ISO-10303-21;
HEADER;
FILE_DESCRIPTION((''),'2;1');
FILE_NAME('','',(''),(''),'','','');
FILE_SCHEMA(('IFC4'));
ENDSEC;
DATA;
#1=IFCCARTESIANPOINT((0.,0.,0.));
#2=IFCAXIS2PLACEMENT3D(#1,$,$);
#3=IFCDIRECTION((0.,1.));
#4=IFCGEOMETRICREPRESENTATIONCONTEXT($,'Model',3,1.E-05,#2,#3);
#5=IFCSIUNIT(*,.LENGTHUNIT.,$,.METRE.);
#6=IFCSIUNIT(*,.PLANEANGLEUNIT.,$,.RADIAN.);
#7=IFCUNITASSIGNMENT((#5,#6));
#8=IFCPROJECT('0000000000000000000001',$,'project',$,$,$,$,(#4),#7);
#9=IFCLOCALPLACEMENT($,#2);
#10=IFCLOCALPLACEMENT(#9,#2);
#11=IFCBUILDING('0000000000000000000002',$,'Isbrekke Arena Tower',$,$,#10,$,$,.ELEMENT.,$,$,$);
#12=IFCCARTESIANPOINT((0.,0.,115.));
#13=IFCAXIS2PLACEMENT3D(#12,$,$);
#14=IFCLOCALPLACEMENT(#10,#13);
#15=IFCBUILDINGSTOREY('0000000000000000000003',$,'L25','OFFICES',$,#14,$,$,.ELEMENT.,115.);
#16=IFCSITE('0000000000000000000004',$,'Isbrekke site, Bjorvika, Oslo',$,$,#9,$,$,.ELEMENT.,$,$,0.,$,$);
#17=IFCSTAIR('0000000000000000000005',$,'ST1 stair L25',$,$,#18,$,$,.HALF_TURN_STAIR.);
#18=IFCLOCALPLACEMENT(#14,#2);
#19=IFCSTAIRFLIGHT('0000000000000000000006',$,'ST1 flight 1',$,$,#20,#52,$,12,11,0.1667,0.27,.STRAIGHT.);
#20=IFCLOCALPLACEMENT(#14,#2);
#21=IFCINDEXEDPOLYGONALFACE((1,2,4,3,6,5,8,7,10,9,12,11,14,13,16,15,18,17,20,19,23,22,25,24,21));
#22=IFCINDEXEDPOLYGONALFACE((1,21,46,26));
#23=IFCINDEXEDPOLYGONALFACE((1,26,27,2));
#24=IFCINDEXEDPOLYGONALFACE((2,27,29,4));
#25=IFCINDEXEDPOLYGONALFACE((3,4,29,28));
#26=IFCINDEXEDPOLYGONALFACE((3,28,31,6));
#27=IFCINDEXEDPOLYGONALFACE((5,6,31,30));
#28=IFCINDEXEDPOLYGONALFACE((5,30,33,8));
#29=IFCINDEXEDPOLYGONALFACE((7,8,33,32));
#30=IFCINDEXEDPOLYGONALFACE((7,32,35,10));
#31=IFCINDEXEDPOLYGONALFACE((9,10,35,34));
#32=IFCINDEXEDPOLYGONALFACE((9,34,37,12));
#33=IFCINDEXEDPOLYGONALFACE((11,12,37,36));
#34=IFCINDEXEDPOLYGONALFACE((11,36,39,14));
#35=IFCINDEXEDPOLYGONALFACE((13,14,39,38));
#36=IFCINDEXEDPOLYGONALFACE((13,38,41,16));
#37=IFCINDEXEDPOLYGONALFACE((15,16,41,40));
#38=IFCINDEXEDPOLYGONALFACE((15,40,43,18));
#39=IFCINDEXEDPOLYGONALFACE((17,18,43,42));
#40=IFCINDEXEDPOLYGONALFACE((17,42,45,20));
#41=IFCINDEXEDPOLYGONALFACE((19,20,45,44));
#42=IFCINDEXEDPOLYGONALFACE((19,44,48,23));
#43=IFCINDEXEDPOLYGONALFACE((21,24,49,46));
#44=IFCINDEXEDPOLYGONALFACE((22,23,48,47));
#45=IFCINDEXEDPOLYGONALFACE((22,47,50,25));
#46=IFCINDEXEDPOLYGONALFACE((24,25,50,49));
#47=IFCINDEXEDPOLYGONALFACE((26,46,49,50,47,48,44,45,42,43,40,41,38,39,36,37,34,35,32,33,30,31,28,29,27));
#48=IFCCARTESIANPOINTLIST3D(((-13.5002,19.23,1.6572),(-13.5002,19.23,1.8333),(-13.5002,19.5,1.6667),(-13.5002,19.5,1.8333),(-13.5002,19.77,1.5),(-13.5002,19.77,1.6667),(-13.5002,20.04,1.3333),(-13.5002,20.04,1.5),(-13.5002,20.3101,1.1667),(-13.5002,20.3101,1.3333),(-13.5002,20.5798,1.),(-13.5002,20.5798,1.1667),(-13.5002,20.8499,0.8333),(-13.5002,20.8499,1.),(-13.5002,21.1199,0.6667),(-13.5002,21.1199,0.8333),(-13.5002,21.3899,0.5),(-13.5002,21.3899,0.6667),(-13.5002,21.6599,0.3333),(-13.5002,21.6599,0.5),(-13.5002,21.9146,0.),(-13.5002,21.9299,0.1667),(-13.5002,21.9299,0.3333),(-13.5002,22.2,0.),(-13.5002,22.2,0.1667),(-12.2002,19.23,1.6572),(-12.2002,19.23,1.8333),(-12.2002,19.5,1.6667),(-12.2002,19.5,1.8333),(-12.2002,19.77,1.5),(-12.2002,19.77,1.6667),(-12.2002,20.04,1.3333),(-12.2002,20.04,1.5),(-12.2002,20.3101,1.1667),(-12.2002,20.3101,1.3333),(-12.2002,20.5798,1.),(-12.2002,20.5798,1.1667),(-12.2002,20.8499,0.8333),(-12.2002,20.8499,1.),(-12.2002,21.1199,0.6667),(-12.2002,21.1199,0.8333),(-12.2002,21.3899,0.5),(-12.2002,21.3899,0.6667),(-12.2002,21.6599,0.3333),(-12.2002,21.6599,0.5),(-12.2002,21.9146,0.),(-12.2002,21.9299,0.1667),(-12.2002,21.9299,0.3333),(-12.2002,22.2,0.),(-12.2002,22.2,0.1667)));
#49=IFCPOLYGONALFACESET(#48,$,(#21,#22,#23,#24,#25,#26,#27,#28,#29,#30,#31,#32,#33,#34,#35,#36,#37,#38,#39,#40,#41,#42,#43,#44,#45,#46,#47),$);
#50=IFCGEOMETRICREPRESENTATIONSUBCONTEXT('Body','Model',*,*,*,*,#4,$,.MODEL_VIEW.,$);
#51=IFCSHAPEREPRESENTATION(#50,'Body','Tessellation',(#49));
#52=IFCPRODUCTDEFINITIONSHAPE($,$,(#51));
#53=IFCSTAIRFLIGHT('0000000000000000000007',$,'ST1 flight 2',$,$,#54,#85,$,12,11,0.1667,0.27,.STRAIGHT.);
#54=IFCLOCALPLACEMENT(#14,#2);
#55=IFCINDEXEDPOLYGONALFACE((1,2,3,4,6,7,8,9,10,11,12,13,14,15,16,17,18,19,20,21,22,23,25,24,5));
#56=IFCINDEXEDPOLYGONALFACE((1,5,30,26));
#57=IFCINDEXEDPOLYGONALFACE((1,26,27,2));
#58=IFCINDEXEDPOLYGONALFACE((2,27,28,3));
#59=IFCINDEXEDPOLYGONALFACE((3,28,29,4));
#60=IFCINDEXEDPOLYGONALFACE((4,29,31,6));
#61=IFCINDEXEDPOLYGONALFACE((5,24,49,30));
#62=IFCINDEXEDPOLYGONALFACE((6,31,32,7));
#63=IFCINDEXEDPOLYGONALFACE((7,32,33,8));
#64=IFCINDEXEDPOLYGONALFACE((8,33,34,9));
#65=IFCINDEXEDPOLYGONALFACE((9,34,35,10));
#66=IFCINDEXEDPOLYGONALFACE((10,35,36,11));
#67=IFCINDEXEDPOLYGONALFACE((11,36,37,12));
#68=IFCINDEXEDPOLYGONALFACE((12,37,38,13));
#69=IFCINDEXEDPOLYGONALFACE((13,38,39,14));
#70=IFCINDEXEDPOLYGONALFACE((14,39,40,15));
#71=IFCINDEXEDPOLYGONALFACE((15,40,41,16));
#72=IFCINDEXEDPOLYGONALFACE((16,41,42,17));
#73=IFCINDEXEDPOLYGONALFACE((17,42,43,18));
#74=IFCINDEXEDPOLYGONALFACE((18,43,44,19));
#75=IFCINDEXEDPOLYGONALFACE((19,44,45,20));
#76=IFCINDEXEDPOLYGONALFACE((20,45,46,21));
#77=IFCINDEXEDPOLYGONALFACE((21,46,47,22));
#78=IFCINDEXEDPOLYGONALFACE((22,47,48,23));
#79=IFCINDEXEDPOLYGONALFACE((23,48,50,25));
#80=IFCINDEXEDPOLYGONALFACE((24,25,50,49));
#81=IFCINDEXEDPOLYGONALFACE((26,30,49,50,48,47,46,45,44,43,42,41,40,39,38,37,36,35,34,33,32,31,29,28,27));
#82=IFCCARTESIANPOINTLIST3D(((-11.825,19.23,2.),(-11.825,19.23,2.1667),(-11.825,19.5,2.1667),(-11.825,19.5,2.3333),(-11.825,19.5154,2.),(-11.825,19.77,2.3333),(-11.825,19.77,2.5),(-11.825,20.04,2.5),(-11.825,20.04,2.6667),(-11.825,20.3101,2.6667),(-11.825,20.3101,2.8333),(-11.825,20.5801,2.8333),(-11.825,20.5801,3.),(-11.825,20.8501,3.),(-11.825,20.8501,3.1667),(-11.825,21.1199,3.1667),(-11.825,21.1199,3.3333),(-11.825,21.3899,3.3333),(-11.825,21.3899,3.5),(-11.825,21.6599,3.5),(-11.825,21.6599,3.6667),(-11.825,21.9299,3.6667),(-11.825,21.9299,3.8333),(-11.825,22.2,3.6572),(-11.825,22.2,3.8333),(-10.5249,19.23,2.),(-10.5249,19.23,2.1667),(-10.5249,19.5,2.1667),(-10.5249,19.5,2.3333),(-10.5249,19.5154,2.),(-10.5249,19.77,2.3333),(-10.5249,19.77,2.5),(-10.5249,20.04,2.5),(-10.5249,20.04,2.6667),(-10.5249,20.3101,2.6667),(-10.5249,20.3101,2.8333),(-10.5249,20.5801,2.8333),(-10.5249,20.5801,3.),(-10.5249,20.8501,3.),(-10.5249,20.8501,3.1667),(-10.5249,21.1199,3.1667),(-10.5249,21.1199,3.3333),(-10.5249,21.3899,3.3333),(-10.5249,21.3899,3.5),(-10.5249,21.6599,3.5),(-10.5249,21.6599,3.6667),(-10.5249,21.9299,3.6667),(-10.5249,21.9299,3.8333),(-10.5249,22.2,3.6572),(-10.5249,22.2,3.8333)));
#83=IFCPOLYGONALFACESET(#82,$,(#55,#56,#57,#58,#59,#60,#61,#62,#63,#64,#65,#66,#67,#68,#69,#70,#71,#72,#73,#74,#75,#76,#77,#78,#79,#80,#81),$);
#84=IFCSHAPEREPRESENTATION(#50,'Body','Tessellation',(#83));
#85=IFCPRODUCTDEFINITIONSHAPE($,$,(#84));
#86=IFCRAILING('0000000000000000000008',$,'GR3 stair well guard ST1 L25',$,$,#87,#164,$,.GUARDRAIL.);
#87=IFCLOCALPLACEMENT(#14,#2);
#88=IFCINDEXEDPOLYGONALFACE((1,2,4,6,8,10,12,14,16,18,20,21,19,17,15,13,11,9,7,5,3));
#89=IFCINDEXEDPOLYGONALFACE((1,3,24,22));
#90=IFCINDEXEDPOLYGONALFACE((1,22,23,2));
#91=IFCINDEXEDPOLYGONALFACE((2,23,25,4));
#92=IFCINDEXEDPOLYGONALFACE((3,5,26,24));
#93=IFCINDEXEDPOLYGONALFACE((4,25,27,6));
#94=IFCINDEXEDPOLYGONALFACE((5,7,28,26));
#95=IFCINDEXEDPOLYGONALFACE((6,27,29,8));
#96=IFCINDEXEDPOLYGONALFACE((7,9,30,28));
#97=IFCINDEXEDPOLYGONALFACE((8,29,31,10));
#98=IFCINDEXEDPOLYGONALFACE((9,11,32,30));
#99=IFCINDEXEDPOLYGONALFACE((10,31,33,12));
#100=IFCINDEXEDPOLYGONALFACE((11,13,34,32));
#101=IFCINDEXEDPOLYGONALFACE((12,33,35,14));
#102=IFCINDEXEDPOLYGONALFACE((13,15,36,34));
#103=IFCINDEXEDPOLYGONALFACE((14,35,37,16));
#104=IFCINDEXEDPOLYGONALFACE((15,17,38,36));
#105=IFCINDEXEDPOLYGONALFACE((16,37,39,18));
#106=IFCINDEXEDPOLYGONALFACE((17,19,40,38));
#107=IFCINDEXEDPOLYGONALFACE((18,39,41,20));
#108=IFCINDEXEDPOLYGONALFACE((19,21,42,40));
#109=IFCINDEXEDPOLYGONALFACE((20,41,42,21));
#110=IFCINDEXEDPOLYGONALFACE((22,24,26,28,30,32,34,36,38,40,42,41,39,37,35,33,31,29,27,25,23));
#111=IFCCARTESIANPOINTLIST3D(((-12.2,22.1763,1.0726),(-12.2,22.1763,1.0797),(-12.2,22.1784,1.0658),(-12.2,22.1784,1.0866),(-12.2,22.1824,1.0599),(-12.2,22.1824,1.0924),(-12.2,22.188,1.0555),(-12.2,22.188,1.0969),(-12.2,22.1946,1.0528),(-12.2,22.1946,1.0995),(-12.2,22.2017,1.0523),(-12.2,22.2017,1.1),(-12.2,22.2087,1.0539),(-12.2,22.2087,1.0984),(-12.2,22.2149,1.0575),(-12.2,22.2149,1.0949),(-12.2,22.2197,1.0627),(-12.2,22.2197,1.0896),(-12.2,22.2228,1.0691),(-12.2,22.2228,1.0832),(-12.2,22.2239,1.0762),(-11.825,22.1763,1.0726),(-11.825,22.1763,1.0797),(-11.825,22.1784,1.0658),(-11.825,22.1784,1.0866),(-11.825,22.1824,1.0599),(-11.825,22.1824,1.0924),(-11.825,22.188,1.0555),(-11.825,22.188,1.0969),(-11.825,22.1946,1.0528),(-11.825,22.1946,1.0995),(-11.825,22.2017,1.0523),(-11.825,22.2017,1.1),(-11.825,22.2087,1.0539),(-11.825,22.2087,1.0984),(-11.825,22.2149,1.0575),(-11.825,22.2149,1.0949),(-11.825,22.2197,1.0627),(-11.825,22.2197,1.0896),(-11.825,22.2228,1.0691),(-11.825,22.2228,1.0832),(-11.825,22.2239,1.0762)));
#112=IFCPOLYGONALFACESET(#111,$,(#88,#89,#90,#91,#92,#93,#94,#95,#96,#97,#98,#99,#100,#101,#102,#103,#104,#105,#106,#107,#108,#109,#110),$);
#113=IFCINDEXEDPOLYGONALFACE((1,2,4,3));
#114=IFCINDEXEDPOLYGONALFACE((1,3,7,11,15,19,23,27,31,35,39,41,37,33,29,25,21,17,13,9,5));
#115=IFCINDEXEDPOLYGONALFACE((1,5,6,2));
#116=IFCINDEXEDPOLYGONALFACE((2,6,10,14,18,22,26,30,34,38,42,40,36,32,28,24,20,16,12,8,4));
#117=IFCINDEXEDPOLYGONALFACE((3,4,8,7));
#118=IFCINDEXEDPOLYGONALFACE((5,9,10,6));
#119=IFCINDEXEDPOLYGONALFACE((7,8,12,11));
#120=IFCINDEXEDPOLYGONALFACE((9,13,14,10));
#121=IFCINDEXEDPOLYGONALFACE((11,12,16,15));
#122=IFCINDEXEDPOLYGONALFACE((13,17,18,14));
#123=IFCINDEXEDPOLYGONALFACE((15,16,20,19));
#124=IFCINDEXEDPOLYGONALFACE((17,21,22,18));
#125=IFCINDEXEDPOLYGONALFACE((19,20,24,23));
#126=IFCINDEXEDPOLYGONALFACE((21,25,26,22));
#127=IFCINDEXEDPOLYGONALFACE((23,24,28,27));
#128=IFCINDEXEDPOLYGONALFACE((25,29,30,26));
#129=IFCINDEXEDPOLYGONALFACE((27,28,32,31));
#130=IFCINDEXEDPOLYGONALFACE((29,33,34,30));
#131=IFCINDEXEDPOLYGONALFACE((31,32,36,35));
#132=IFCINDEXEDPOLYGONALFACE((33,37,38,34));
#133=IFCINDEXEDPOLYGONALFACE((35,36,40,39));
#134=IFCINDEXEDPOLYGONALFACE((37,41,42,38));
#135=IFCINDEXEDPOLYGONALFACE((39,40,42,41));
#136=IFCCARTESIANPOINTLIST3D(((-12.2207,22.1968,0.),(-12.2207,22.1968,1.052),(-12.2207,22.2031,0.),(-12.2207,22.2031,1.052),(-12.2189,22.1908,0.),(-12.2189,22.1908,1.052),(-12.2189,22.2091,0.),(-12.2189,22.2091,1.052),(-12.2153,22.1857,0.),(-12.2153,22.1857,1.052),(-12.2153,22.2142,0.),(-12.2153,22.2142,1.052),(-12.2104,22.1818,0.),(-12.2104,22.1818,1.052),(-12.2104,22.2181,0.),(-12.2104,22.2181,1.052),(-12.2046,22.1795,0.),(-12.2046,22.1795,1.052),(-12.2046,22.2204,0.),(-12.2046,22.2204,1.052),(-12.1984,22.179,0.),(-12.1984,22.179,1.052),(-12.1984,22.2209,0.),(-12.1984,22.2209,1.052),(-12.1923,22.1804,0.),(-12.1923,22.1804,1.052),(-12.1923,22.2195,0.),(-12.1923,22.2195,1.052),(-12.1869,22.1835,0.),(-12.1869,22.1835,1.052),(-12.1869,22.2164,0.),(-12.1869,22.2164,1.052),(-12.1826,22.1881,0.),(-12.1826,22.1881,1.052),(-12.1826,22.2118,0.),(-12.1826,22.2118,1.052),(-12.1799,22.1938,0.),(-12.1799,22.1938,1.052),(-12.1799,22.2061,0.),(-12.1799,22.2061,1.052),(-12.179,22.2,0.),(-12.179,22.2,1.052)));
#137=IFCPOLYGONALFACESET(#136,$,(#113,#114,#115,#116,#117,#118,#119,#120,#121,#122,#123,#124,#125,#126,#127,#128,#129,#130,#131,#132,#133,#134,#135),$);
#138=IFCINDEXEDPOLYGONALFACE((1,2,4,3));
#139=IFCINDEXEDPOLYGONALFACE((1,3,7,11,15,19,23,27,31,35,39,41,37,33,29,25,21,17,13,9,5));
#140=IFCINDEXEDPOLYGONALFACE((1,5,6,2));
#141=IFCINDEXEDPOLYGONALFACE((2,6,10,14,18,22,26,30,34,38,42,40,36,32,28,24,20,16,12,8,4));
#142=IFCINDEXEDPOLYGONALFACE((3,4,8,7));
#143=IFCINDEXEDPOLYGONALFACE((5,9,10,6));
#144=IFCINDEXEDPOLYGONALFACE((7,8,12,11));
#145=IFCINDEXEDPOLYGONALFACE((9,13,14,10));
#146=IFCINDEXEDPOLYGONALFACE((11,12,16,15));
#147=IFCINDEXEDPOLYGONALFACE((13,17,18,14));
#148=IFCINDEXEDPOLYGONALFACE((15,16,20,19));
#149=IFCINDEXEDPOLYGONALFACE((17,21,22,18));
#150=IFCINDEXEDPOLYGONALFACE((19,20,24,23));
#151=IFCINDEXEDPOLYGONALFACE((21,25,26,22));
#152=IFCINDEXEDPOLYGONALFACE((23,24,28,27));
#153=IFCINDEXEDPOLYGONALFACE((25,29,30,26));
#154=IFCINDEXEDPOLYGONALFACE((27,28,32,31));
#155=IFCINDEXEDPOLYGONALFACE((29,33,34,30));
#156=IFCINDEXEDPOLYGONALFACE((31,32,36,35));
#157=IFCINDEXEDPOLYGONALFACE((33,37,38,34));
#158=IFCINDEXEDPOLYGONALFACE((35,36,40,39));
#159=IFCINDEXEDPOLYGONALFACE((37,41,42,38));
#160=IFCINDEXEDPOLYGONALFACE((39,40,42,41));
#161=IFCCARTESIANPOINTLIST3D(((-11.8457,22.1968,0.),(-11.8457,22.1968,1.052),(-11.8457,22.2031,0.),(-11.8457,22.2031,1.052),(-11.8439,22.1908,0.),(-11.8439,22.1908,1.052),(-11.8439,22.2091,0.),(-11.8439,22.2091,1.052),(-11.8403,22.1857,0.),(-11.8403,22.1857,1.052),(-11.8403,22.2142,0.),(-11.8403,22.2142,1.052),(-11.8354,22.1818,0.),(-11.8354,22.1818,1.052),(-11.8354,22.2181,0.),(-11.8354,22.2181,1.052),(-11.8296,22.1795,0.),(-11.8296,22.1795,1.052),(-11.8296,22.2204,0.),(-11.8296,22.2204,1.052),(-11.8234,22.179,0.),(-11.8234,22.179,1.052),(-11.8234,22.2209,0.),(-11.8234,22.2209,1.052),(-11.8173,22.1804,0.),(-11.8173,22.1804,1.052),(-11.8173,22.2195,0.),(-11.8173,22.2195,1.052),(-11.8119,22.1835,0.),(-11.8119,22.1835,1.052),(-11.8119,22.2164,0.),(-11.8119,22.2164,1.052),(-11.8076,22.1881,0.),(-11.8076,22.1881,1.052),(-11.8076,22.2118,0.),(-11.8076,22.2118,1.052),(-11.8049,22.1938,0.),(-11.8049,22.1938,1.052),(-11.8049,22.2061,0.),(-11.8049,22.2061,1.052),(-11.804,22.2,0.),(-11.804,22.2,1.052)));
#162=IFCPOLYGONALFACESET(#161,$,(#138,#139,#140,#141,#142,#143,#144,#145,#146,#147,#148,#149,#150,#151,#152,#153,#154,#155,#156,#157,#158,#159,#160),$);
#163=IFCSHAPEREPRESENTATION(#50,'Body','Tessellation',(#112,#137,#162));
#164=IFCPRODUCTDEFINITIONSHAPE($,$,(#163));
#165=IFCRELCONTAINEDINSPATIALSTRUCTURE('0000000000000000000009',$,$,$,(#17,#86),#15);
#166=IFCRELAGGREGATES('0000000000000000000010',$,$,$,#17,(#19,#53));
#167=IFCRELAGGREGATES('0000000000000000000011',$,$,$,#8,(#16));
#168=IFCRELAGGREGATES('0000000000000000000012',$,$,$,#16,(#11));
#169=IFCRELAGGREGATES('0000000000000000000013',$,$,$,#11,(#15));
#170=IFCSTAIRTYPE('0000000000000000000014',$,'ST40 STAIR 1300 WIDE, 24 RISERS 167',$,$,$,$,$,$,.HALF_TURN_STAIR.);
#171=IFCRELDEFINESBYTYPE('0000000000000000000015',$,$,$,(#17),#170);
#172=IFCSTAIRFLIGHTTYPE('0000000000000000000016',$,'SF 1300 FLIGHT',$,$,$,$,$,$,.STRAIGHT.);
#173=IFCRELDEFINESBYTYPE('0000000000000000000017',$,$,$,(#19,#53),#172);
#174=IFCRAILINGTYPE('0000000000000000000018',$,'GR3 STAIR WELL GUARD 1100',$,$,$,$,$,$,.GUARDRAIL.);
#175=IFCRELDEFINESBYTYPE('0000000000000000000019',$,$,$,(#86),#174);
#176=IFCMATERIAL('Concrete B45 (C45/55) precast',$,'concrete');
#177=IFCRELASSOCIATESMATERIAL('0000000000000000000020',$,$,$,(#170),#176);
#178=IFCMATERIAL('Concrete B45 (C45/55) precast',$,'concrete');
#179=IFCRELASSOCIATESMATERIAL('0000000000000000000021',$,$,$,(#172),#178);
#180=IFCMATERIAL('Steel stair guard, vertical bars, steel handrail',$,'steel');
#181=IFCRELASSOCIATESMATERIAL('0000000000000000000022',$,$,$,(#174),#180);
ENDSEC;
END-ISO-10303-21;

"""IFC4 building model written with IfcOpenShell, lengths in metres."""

from ifc_helpers import new_model, si_unit, direction, frame, origin, origin_2d, place, context, subcontext, project, spatial, polyline, circle, outline, extrude, material, type_object, element, aggregate, save


model = new_model("IFC4")

# Units and contexts
model_context = context("Model", 3, precision=1e-05, world=origin(), true_north=direction((0.0, 1.0)))
body_context = subcontext(model_context, "Body", "Model", "MODEL_VIEW")
ifc_project = project(units=[si_unit("LENGTHUNIT", "METRE"), si_unit("PLANEANGLEUNIT", "RADIAN")], contexts=[model_context])

# Site, building, storey
site_placement = place(None, origin())
site = spatial("IfcSite", under=ifc_project, at=site_placement, Name="Isbrekke site, Bjorvika, Oslo", CompositionType="ELEMENT", RefElevation=0.0)
building_placement = place(site_placement, origin())
building = spatial("IfcBuilding", under=site, at=building_placement, Name="Isbrekke Arena Tower", CompositionType="ELEMENT")
storey_placement = place(building_placement, frame((0.0, 0.0, 115.0)))
storey = spatial("IfcBuildingStorey", under=building, at=storey_placement, Name="L25", Description="OFFICES", CompositionType="ELEMENT", Elevation=115.0)

# Stair, stair flights
ifc_material_1 = material(Name="Concrete B45 (C45/55) precast", Category="concrete")
stair_type = type_object("IfcStairType", Name="ST40 STAIR 1300 WIDE, 24 RISERS 167", PredefinedType="HALF_TURN_STAIR", material=ifc_material_1)
stair_placement = place(storey_placement, origin())
stair = element("IfcStair", 1, at=stair_placement, inside=storey, type_object=stair_type, Name="ST1 stair L25", PredefinedType="HALF_TURN_STAIR")
ifc_material_2 = material(Name="Concrete B45 (C45/55) precast", Category="concrete")
stair_flight_type = type_object("IfcStairFlightType", Name="SF 1300 FLIGHT", PredefinedType="STRAIGHT", material=ifc_material_2)
stair_flight_1_placement = place(storey_placement, frame((-12.8501, 22.2, 0.0), z_axis=(0.0, 0.0, 1.0), x_axis=(0.0, -1.0, 0.0)))
stair_flight_1 = element("IfcStairFlight", 2, at=stair_flight_1_placement, type_object=stair_flight_type, Name="ST1 flight 1", NumberOfRisers=12, NumberOfTreads=11, PredefinedType="STRAIGHT", RiserHeight=0.1667, TreadLength=0.27, context=body_context, shape_type="SweptSolid", body=[
    extrude(outline(polyline([(0.0, 0.0), (0.0, 0.1667), (0.27, 0.1667), (0.27, 0.3333), (0.54, 0.3333), (0.54, 0.5), (0.8101, 0.5), (0.8101, 0.6667), (1.0801, 0.6667), (1.0801, 0.8333), (1.3501, 0.8333), (1.3501, 1.0), (1.6201, 1.0), (1.6201, 1.1667), (1.8899, 1.1667), (1.8899, 1.3333), (2.1599, 1.3333), (2.1599, 1.5), (2.4299, 1.5), (2.4299, 1.6667), (2.7, 1.6667), (2.7, 1.8333), (2.97, 1.8333), (2.97, 2.0), (2.97, 1.6572), (0.2854, 0.0), (0.0, 0.0)])), frame((0.0, 0.6499, 0.0), z_axis=(0.0, -1.0, 0.0), x_axis=(1.0, 0.0, 0.0)), (0.0, 0.0, 1.0), 1.3),
])
stair_flight_2_placement = place(storey_placement, frame((-11.175, 19.23, 2.0), z_axis=(0.0, 0.0, 1.0), x_axis=(0.0, 1.0, 0.0)))
stair_flight_2 = element("IfcStairFlight", 3, at=stair_flight_2_placement, type_object=stair_flight_type, Name="ST1 flight 2", NumberOfRisers=12, NumberOfTreads=11, PredefinedType="STRAIGHT", RiserHeight=0.1667, TreadLength=0.27, context=body_context, shape_type="SweptSolid", body=[
    extrude(outline(polyline([(0.0, 0.0), (0.0, 0.1667), (0.27, 0.1667), (0.27, 0.3333), (0.54, 0.3333), (0.54, 0.5), (0.8101, 0.5), (0.8101, 0.6667), (1.0801, 0.6667), (1.0801, 0.8333), (1.3501, 0.8333), (1.3501, 1.0), (1.6201, 1.0), (1.6201, 1.1667), (1.8899, 1.1667), (1.8899, 1.3333), (2.1599, 1.3333), (2.1599, 1.5), (2.4299, 1.5), (2.4299, 1.6667), (2.7, 1.6667), (2.7, 1.8333), (2.97, 1.8333), (2.97, 2.0), (2.97, 1.6572), (0.2854, 0.0), (0.0, 0.0)])), frame((0.0, 0.6499, 0.0), z_axis=(0.0, -1.0, 0.0), x_axis=(1.0, 0.0, 0.0)), (0.0, 0.0, 1.0), 1.3),
])
aggregate(stair, [stair_flight_1, stair_flight_2])

# Railing
ifc_material_3 = material(Name="Steel stair guard, vertical bars, steel handrail", Category="steel")
railing_type = type_object("IfcRailingType", Name="GR3 STAIR WELL GUARD 1100", PredefinedType="GUARDRAIL", material=ifc_material_3)
for number, where, name in (
    (4, (-12.2, 22.2, 0.0), "GR3 stair well guard ST1 L25"),
):
    element("IfcRailing", number, at=place(storey_placement, frame(where)), inside=storey, type_object=railing_type, Name=name, PredefinedType="GUARDRAIL", context=body_context, shape_type="SweptSolid", body=[
        extrude(circle(Radius=0.0239, at=origin_2d()), frame((0.0, 0.0, 1.0762), z_axis=(1.0, 0.0, 0.0), x_axis=(0.0, 1.0, 0.0)), (0.0, 0.0, 1.0), 0.375),
        extrude(circle(Radius=0.021, at=origin_2d()), origin(), (0.0, 0.0, 1.0), 1.052),
        extrude(circle(Radius=0.021, at=origin_2d()), frame((0.375, 0.0, 0.0)), (0.0, 0.0, 1.0), 1.052),
    ])

save(model, "model.ifc")
